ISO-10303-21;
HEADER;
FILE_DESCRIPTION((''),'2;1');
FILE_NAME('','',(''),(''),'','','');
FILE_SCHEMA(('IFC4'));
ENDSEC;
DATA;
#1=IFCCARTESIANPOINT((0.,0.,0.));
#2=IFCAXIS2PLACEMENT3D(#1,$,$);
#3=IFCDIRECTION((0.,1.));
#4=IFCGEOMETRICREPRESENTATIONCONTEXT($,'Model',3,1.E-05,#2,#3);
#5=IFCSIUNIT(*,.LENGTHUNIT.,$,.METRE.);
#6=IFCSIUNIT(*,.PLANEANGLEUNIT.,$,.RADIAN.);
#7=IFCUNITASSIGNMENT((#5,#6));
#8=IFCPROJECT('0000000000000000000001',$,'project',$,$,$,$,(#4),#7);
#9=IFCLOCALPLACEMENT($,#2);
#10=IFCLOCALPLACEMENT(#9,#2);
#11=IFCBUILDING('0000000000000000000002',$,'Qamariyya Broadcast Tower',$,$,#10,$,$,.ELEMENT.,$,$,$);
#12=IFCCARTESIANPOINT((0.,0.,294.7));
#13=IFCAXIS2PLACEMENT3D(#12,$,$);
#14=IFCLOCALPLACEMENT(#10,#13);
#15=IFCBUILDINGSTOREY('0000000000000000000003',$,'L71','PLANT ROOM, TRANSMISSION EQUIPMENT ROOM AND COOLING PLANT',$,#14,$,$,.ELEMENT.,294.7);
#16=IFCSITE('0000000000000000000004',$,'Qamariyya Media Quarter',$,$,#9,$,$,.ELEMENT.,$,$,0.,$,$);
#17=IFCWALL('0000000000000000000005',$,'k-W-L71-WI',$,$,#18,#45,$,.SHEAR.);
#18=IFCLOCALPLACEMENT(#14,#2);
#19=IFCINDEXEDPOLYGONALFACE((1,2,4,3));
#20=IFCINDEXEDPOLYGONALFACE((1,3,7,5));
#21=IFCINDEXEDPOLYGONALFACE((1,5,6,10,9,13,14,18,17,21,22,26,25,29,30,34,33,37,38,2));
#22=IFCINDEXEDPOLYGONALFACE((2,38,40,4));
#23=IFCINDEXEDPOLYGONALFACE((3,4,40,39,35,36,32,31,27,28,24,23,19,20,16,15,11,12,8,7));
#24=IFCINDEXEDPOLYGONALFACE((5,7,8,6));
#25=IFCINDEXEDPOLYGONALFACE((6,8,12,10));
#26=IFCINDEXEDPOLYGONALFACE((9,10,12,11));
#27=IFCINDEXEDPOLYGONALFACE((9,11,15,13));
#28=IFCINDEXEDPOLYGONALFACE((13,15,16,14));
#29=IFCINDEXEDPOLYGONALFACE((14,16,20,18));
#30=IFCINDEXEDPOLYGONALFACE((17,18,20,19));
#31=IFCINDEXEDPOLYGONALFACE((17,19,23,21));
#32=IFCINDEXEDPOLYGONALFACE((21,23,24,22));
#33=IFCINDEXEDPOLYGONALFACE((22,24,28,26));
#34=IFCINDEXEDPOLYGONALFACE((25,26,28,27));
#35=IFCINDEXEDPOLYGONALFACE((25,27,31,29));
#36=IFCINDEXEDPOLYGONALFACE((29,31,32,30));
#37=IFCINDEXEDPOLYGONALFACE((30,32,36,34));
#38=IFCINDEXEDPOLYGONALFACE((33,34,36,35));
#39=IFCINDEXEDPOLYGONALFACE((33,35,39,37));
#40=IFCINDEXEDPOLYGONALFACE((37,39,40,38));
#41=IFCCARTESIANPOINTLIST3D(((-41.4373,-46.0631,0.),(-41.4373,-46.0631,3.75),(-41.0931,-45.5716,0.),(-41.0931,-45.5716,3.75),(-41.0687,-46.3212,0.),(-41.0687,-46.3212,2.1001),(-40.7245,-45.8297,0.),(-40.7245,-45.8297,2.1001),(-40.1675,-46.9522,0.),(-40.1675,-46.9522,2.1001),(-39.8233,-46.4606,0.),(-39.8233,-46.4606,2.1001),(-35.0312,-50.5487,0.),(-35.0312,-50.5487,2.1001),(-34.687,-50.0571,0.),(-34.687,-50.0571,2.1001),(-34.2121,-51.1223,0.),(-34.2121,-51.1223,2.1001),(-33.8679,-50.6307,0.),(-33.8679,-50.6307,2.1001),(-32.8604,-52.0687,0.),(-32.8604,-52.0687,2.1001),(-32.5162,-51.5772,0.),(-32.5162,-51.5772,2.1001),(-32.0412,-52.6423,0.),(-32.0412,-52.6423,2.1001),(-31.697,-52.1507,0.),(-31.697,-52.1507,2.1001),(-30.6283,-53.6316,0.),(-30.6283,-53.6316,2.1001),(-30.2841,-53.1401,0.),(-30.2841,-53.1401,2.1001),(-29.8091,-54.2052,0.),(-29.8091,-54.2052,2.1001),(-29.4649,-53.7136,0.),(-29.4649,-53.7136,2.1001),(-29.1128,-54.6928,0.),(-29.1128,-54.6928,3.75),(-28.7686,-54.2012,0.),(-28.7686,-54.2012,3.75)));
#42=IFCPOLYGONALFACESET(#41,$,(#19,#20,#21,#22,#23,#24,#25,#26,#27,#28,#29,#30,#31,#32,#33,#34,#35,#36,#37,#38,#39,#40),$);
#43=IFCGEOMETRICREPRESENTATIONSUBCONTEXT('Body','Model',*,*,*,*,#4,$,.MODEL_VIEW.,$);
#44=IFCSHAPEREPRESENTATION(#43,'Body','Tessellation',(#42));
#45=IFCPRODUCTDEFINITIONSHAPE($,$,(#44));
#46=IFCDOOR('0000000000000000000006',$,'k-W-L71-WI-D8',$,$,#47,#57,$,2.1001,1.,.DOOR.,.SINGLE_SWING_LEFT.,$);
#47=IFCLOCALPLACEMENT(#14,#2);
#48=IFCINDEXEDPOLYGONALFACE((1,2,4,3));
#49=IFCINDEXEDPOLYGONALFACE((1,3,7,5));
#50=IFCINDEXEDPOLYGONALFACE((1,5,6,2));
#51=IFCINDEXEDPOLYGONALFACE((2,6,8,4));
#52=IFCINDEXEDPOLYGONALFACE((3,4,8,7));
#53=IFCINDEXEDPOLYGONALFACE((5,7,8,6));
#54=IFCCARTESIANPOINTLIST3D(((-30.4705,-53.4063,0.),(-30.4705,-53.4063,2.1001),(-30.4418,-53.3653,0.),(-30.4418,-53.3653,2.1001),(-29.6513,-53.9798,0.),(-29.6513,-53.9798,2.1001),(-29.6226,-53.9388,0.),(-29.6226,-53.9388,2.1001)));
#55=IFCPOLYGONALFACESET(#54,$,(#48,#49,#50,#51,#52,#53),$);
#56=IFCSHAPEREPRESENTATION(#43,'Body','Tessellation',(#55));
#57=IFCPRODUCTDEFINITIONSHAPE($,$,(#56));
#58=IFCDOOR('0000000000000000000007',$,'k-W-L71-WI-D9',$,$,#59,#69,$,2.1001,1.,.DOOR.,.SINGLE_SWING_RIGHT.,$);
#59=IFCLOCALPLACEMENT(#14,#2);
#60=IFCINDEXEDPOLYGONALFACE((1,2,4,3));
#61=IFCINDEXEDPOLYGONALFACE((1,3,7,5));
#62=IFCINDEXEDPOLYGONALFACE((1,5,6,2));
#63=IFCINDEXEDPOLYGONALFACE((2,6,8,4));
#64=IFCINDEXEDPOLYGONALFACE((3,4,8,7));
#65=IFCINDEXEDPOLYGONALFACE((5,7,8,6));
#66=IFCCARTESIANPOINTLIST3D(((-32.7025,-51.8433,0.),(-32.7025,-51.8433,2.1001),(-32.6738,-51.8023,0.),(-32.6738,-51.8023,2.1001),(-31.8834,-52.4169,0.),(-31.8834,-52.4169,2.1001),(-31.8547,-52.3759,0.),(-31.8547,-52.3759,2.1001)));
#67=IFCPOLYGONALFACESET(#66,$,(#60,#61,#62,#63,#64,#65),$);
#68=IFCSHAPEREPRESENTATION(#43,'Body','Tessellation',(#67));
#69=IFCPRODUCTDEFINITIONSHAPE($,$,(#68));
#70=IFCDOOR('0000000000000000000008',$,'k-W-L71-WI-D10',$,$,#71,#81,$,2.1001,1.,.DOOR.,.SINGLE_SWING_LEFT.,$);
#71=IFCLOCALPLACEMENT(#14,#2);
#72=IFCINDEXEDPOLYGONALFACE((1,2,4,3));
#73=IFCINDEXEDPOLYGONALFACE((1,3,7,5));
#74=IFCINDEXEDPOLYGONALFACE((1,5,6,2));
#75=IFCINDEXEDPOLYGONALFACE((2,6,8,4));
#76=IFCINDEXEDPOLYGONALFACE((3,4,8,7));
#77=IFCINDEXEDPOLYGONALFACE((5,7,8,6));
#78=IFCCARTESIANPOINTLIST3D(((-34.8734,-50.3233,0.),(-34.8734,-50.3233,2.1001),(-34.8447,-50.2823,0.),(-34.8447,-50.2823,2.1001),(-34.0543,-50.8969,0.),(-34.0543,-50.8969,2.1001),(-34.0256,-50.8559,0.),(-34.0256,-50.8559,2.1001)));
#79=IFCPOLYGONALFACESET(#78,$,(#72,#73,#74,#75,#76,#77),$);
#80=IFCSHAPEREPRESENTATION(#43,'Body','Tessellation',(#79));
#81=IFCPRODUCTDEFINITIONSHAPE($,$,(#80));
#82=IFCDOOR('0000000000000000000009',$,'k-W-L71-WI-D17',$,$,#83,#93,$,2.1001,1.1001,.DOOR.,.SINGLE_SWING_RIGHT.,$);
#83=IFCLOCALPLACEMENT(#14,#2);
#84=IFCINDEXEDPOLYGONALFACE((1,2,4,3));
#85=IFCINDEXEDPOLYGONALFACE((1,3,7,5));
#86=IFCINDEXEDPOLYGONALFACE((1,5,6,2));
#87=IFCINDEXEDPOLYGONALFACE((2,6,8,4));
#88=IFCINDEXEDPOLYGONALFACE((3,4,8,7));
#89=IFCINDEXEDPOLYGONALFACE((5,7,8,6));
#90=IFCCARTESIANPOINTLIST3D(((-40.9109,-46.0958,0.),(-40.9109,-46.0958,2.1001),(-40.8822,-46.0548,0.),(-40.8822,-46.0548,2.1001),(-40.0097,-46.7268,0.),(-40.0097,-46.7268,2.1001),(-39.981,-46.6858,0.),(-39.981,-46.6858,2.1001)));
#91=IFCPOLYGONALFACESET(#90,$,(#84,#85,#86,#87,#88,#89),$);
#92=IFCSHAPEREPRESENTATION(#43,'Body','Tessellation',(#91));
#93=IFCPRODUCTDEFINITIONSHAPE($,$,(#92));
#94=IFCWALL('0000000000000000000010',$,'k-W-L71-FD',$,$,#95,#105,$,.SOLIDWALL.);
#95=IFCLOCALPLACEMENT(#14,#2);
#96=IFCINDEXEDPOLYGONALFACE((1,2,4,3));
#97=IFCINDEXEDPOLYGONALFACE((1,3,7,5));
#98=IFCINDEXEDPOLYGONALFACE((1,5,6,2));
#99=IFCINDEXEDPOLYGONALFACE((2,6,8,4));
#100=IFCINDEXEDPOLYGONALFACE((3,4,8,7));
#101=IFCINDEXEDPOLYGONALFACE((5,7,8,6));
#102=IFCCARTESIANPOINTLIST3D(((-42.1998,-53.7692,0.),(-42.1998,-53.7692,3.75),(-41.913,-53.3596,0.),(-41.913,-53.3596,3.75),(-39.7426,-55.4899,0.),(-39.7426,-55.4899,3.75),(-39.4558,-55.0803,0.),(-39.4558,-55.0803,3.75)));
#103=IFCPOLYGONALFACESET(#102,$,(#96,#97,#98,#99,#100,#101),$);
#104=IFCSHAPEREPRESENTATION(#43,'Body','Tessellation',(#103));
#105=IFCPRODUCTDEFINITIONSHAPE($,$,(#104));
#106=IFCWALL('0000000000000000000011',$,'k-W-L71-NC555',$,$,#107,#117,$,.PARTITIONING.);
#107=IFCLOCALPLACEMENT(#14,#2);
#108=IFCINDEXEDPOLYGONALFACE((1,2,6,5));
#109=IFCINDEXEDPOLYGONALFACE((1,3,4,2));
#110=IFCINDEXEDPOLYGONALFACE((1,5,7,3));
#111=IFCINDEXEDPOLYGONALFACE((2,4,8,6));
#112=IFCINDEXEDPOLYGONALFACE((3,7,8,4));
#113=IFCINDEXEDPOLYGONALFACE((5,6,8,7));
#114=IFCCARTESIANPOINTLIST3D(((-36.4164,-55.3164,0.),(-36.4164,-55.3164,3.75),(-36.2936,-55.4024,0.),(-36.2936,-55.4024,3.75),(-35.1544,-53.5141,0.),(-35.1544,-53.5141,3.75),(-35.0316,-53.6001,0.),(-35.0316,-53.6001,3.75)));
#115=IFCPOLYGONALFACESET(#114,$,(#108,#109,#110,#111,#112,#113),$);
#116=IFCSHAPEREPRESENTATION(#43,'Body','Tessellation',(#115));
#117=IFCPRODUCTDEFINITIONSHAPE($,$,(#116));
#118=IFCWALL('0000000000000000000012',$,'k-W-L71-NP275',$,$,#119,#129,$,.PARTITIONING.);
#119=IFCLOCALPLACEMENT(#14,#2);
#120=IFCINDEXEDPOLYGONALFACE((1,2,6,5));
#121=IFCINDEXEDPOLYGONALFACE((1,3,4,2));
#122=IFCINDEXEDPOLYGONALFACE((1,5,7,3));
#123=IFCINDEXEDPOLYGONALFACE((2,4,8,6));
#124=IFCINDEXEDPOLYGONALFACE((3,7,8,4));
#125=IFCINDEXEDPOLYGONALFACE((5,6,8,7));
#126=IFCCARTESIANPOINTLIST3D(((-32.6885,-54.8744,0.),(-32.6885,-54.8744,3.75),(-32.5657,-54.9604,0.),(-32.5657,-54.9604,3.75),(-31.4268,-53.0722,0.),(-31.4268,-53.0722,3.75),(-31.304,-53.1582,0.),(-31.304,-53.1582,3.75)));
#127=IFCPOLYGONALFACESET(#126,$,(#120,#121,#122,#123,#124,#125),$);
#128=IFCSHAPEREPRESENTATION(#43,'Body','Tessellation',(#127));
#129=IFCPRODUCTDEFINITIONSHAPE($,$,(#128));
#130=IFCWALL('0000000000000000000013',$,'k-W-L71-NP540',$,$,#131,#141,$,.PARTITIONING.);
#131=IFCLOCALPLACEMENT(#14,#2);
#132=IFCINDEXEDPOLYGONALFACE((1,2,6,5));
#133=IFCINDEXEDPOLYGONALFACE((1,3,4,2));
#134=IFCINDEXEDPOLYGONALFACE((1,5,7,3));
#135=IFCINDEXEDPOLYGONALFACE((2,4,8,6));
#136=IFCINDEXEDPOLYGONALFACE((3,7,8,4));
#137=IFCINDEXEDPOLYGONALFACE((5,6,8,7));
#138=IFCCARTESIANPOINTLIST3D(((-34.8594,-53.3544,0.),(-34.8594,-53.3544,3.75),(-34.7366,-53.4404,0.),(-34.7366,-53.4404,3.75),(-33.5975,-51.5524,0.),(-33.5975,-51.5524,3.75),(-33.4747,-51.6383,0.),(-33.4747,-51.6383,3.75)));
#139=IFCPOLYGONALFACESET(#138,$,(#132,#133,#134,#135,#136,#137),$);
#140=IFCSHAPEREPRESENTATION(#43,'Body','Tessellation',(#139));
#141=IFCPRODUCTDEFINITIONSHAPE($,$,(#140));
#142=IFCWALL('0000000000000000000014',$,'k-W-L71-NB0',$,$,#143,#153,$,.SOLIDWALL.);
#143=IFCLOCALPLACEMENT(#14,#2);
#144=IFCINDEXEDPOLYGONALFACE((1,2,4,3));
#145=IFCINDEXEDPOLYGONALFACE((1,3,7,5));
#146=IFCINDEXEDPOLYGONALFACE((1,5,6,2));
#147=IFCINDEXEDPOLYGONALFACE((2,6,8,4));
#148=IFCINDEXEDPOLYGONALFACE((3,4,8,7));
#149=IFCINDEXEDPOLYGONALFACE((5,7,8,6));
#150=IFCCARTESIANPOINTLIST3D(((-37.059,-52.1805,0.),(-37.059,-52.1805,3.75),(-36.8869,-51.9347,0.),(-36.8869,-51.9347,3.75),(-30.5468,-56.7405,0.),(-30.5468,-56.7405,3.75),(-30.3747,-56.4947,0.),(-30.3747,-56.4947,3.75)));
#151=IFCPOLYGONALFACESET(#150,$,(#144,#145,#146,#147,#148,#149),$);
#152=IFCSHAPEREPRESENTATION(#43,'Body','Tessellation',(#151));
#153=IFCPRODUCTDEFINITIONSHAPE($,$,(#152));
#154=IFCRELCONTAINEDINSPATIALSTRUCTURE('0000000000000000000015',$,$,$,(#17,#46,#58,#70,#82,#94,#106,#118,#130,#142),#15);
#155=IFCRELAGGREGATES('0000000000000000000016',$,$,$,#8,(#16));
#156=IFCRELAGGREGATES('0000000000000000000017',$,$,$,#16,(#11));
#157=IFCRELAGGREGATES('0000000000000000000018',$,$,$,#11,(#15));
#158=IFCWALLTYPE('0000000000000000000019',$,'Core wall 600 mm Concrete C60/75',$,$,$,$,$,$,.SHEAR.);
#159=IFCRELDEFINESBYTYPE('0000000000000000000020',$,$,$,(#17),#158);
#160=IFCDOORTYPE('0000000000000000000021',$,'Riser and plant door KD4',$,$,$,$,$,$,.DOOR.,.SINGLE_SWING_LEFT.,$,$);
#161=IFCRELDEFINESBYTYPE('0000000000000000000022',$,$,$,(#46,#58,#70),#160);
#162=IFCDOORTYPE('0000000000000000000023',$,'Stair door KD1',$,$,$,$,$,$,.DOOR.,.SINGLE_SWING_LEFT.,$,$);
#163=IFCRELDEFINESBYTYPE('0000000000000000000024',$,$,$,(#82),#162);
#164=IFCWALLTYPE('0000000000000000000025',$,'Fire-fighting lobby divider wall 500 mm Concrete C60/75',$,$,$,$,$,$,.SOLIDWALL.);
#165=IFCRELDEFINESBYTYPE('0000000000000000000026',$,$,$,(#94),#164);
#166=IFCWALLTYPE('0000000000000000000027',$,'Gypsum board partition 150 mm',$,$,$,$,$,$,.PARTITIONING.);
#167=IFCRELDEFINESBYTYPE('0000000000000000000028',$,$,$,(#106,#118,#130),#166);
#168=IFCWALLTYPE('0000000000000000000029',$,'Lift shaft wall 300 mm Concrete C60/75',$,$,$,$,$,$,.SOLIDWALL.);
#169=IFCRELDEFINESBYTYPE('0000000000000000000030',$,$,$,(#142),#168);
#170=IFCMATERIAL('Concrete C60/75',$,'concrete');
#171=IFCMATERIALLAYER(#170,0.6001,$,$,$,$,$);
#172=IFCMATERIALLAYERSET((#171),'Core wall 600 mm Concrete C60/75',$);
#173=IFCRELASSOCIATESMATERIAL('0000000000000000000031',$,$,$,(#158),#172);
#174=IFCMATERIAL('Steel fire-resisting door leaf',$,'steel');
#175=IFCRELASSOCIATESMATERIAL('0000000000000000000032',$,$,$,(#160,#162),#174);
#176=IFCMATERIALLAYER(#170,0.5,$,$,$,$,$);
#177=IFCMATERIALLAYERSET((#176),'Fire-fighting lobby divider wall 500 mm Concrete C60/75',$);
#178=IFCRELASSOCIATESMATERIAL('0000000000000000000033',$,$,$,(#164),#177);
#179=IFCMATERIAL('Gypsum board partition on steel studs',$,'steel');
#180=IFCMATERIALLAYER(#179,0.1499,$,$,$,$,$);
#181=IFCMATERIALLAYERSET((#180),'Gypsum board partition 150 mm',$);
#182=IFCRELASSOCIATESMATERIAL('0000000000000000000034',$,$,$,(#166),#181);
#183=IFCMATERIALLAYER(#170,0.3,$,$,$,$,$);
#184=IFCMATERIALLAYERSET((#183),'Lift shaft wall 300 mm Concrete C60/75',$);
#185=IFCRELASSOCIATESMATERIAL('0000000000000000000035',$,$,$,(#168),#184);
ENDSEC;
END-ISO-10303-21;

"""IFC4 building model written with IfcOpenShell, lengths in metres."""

from ifc_helpers import new_model, si_unit, direction, frame, frame_2d, origin, place, context, subcontext, project, spatial, rectangle, extrude, material, layer, layer_set, type_object, element, fill, save


model = new_model("IFC4")

# Units and contexts
model_context = context("Model", 3, precision=1e-05, world=origin(), true_north=direction((0.0, 1.0)))
body_context = subcontext(model_context, "Body", "Model", "MODEL_VIEW")
ifc_project = project(units=[si_unit("LENGTHUNIT", "METRE"), si_unit("PLANEANGLEUNIT", "RADIAN")], contexts=[model_context])

# Site, building, storey
site_placement = place(None, origin())
site = spatial("IfcSite", under=ifc_project, at=site_placement, Name="Qamariyya Media Quarter", CompositionType="ELEMENT", RefElevation=0.0)
building_placement = place(site_placement, origin())
building = spatial("IfcBuilding", under=site, at=building_placement, Name="Qamariyya Broadcast Tower", CompositionType="ELEMENT")
storey_placement = place(building_placement, frame((0.0, 0.0, 294.7)))
storey = spatial("IfcBuildingStorey", under=building, at=storey_placement, Name="L71", Description="PLANT ROOM, TRANSMISSION EQUIPMENT ROOM AND COOLING PLANT", CompositionType="ELEMENT", Elevation=294.7)

# Wall, openings, doors
ifc_material_1 = material(Name="Concrete C60/75", Category="concrete")
ifc_layer_1 = layer(ifc_material_1, 0.6001)
ifc_layer_set_1 = layer_set([ifc_layer_1], Name="Core wall 600 mm Concrete C60/75")
wall_type_1 = type_object("IfcWallType", Name="Core wall 600 mm Concrete C60/75", PredefinedType="SHEAR", material=ifc_layer_set_1)
wall_1_placement = place(storey_placement, frame((-28.9407, -54.447, 0.0), z_axis=(0.0, 0.0, 1.0), x_axis=(-0.819153, 0.573575, 0.0)))
wall_1 = element("IfcWall", 1, at=wall_1_placement, inside=storey, type_object=wall_type_1, Name="k-W-L71-WI", PredefinedType="SHEAR", context=body_context, shape_type="SweptSolid", body=[
    extrude(rectangle(XDim=15.0454, YDim=0.6001, at=frame_2d((7.5227, 0.0))), origin(), (0.0, 0.0, 1.0), 3.75),
])
opening_1_placement = place(wall_1_placement, frame((0.8501, 0.0, 0.0)))
opening_1 = element("IfcOpeningElement", 2, at=opening_1_placement, cuts=wall_1, PredefinedType="OPENING", context=body_context, shape_type="SweptSolid", body=[
    extrude(rectangle(XDim=1.0, YDim=2.1001, at=frame_2d((0.5, 1.05))), frame((0.0, 0.3101, 0.0), z_axis=(0.0, -1.0, 0.0), x_axis=(1.0, 0.0, 0.0)), (0.0, 0.0, 1.0), 0.6201),
])
opening_2_placement = place(wall_1_placement, frame((3.575, 0.0, 0.0)))
opening_2 = element("IfcOpeningElement", 3, at=opening_2_placement, cuts=wall_1, PredefinedType="OPENING", context=body_context, shape_type="SweptSolid", body=[
    extrude(rectangle(XDim=1.0, YDim=2.1001, at=frame_2d((0.5, 1.05))), frame((0.0, 0.3101, 0.0), z_axis=(0.0, -1.0, 0.0), x_axis=(1.0, 0.0, 0.0)), (0.0, 0.0, 1.0), 0.6201),
])
opening_3_placement = place(wall_1_placement, frame((6.2251, 0.0, 0.0)))
opening_3 = element("IfcOpeningElement", 4, at=opening_3_placement, cuts=wall_1, PredefinedType="OPENING", context=body_context, shape_type="SweptSolid", body=[
    extrude(rectangle(XDim=1.0, YDim=2.1001, at=frame_2d((0.5, 1.05))), frame((0.0, 0.3101, 0.0), z_axis=(0.0, -1.0, 0.0), x_axis=(1.0, 0.0, 0.0)), (0.0, 0.0, 1.0), 0.6201),
])
opening_4_placement = place(wall_1_placement, frame((13.4954, 0.0, 0.0)))
opening_4 = element("IfcOpeningElement", 5, at=opening_4_placement, cuts=wall_1, PredefinedType="OPENING", context=body_context, shape_type="SweptSolid", body=[
    extrude(rectangle(XDim=1.1001, YDim=2.1001, at=frame_2d((0.55, 1.05))), frame((0.0, 0.3101, 0.0), z_axis=(0.0, -1.0, 0.0), x_axis=(1.0, 0.0, 0.0)), (0.0, 0.0, 1.0), 0.6201),
])
ifc_material_2 = material(Name="Steel fire-resisting door leaf", Category="steel")
door_type_1 = type_object("IfcDoorType", Name="Riser and plant door KD4", OperationType="SINGLE_SWING_LEFT", PredefinedType="DOOR", material=ifc_material_2)
door_1_placement = place(opening_1_placement, origin())
door_1 = element("IfcDoor", 6, at=door_1_placement, inside=storey, type_object=door_type_1, Name="k-W-L71-WI-D8", OperationType="SINGLE_SWING_LEFT", OverallHeight=2.1001, OverallWidth=1.0, PredefinedType="DOOR", context=body_context, shape_type="SweptSolid", body=[
    extrude(rectangle(XDim=1.0, YDim=2.1001, at=frame_2d((0.5, 1.05))), frame((0.0, 0.0249, 0.0), z_axis=(0.0, -1.0, 0.0), x_axis=(1.0, 0.0, 0.0)), (0.0, 0.0, 1.0), 0.05),
])
fill(opening_1, door_1)
door_2_placement = place(opening_2_placement, origin())
door_2 = element("IfcDoor", 7, at=door_2_placement, inside=storey, type_object=door_type_1, Name="k-W-L71-WI-D9", OperationType="SINGLE_SWING_RIGHT", OverallHeight=2.1001, OverallWidth=1.0, PredefinedType="DOOR", context=body_context, shape_type="SweptSolid", body=[
    extrude(rectangle(XDim=1.0, YDim=2.1001, at=frame_2d((0.5, 1.05))), frame((0.0, 0.0249, 0.0), z_axis=(0.0, -1.0, 0.0), x_axis=(1.0, 0.0, 0.0)), (0.0, 0.0, 1.0), 0.05),
])
fill(opening_2, door_2)
door_3_placement = place(opening_3_placement, origin())
door_3 = element("IfcDoor", 8, at=door_3_placement, inside=storey, type_object=door_type_1, Name="k-W-L71-WI-D10", OperationType="SINGLE_SWING_LEFT", OverallHeight=2.1001, OverallWidth=1.0, PredefinedType="DOOR", context=body_context, shape_type="SweptSolid", body=[
    extrude(rectangle(XDim=1.0, YDim=2.1001, at=frame_2d((0.5, 1.05))), frame((0.0, 0.0249, 0.0), z_axis=(0.0, -1.0, 0.0), x_axis=(1.0, 0.0, 0.0)), (0.0, 0.0, 1.0), 0.05),
])
fill(opening_3, door_3)
door_type_2 = type_object("IfcDoorType", Name="Stair door KD1", OperationType="SINGLE_SWING_LEFT", PredefinedType="DOOR", material=ifc_material_2)
door_4_placement = place(opening_4_placement, origin())
door_4 = element("IfcDoor", 9, at=door_4_placement, inside=storey, type_object=door_type_2, Name="k-W-L71-WI-D17", OperationType="SINGLE_SWING_RIGHT", OverallHeight=2.1001, OverallWidth=1.1001, PredefinedType="DOOR", context=body_context, shape_type="SweptSolid", body=[
    extrude(rectangle(XDim=1.1001, YDim=2.1001, at=frame_2d((0.55, 1.05))), frame((0.0, 0.0249, 0.0), z_axis=(0.0, -1.0, 0.0), x_axis=(1.0, 0.0, 0.0)), (0.0, 0.0, 1.0), 0.05),
])
fill(opening_4, door_4)

# Walls
ifc_layer_2 = layer(ifc_material_1, 0.5)
ifc_layer_set_2 = layer_set([ifc_layer_2], Name="Fire-fighting lobby divider wall 500 mm Concrete C60/75")
wall_type_2 = type_object("IfcWallType", Name="Fire-fighting lobby divider wall 500 mm Concrete C60/75", PredefinedType="SOLIDWALL", material=ifc_layer_set_2)
wall_2_placement = place(storey_placement, frame((-39.5991, -55.2852, 0.0), z_axis=(0.0, 0.0, 1.0), x_axis=(-0.819136, 0.573599, 0.0)))
element("IfcWall", 10, at=wall_2_placement, inside=storey, type_object=wall_type_2, Name="k-W-L71-FD", PredefinedType="SOLIDWALL", context=body_context, shape_type="SweptSolid", body=[
    extrude(rectangle(XDim=2.9998, YDim=0.5, at=frame_2d((1.5, 0.0))), origin(), (0.0, 0.0, 1.0), 3.75),
])
ifc_material_3 = material(Name="Gypsum board partition on steel studs", Category="steel")
ifc_layer_3 = layer(ifc_material_3, 0.1499)
ifc_layer_set_3 = layer_set([ifc_layer_3], Name="Gypsum board partition 150 mm")
wall_type_3 = type_object("IfcWallType", Name="Gypsum board partition 150 mm", PredefinedType="PARTITIONING", material=ifc_layer_set_3)
wall_3_placement = place(storey_placement, frame((-36.355, -55.3594, 0.0), z_axis=(0.0, 0.0, 1.0), x_axis=(0.573581, 0.819149, 0.0)))
element("IfcWall", 11, at=wall_3_placement, inside=storey, type_object=wall_type_3, Name="k-W-L71-NC555", PredefinedType="PARTITIONING", context=body_context, shape_type="SweptSolid", body=[
    extrude(rectangle(XDim=2.2002, YDim=0.1499, at=frame_2d((1.1001, 0.0))), origin(), (0.0, 0.0, 1.0), 3.75),
])
for number, where, z_axis, x_axis, name in (
    (12, (-32.6272, -54.9175, 0.0), (0.0, 0.0, 1.0), (0.573507, 0.819201, 0.0), "k-W-L71-NP275"),
    (13, (-34.7981, -53.3975, 0.0), (0.0, 0.0, 1.0), (0.573634, 0.819112, 0.0), "k-W-L71-NP540"),
):
    element("IfcWall", number, at=place(storey_placement, frame(where, z_axis=z_axis, x_axis=x_axis)), inside=storey, type_object=wall_type_3, Name=name, PredefinedType="PARTITIONING", context=body_context, shape_type="SweptSolid", body=[
        extrude(rectangle(XDim=2.2, YDim=0.1499, at=frame_2d((1.1001, 0.0))), origin(), (0.0, 0.0, 1.0), 3.75),
    ])
ifc_layer_4 = layer(ifc_material_1, 0.3)
ifc_layer_set_4 = layer_set([ifc_layer_4], Name="Lift shaft wall 300 mm Concrete C60/75")
wall_type_4 = type_object("IfcWallType", Name="Lift shaft wall 300 mm Concrete C60/75", PredefinedType="SOLIDWALL", material=ifc_layer_set_4)
wall_4_placement = place(storey_placement, frame((-30.4607, -56.6177, 0.0), z_axis=(0.0, 0.0, 1.0), x_axis=(-0.819142, 0.57359, 0.0)))
element("IfcWall", 14, at=wall_4_placement, inside=storey, type_object=wall_type_4, Name="k-W-L71-NB0", PredefinedType="SOLIDWALL", context=body_context, shape_type="SweptSolid", body=[
    extrude(rectangle(XDim=7.95, YDim=0.3, at=frame_2d((3.9751, 0.0))), origin(), (0.0, 0.0, 1.0), 3.75),
])

save(model, "model.ifc")
